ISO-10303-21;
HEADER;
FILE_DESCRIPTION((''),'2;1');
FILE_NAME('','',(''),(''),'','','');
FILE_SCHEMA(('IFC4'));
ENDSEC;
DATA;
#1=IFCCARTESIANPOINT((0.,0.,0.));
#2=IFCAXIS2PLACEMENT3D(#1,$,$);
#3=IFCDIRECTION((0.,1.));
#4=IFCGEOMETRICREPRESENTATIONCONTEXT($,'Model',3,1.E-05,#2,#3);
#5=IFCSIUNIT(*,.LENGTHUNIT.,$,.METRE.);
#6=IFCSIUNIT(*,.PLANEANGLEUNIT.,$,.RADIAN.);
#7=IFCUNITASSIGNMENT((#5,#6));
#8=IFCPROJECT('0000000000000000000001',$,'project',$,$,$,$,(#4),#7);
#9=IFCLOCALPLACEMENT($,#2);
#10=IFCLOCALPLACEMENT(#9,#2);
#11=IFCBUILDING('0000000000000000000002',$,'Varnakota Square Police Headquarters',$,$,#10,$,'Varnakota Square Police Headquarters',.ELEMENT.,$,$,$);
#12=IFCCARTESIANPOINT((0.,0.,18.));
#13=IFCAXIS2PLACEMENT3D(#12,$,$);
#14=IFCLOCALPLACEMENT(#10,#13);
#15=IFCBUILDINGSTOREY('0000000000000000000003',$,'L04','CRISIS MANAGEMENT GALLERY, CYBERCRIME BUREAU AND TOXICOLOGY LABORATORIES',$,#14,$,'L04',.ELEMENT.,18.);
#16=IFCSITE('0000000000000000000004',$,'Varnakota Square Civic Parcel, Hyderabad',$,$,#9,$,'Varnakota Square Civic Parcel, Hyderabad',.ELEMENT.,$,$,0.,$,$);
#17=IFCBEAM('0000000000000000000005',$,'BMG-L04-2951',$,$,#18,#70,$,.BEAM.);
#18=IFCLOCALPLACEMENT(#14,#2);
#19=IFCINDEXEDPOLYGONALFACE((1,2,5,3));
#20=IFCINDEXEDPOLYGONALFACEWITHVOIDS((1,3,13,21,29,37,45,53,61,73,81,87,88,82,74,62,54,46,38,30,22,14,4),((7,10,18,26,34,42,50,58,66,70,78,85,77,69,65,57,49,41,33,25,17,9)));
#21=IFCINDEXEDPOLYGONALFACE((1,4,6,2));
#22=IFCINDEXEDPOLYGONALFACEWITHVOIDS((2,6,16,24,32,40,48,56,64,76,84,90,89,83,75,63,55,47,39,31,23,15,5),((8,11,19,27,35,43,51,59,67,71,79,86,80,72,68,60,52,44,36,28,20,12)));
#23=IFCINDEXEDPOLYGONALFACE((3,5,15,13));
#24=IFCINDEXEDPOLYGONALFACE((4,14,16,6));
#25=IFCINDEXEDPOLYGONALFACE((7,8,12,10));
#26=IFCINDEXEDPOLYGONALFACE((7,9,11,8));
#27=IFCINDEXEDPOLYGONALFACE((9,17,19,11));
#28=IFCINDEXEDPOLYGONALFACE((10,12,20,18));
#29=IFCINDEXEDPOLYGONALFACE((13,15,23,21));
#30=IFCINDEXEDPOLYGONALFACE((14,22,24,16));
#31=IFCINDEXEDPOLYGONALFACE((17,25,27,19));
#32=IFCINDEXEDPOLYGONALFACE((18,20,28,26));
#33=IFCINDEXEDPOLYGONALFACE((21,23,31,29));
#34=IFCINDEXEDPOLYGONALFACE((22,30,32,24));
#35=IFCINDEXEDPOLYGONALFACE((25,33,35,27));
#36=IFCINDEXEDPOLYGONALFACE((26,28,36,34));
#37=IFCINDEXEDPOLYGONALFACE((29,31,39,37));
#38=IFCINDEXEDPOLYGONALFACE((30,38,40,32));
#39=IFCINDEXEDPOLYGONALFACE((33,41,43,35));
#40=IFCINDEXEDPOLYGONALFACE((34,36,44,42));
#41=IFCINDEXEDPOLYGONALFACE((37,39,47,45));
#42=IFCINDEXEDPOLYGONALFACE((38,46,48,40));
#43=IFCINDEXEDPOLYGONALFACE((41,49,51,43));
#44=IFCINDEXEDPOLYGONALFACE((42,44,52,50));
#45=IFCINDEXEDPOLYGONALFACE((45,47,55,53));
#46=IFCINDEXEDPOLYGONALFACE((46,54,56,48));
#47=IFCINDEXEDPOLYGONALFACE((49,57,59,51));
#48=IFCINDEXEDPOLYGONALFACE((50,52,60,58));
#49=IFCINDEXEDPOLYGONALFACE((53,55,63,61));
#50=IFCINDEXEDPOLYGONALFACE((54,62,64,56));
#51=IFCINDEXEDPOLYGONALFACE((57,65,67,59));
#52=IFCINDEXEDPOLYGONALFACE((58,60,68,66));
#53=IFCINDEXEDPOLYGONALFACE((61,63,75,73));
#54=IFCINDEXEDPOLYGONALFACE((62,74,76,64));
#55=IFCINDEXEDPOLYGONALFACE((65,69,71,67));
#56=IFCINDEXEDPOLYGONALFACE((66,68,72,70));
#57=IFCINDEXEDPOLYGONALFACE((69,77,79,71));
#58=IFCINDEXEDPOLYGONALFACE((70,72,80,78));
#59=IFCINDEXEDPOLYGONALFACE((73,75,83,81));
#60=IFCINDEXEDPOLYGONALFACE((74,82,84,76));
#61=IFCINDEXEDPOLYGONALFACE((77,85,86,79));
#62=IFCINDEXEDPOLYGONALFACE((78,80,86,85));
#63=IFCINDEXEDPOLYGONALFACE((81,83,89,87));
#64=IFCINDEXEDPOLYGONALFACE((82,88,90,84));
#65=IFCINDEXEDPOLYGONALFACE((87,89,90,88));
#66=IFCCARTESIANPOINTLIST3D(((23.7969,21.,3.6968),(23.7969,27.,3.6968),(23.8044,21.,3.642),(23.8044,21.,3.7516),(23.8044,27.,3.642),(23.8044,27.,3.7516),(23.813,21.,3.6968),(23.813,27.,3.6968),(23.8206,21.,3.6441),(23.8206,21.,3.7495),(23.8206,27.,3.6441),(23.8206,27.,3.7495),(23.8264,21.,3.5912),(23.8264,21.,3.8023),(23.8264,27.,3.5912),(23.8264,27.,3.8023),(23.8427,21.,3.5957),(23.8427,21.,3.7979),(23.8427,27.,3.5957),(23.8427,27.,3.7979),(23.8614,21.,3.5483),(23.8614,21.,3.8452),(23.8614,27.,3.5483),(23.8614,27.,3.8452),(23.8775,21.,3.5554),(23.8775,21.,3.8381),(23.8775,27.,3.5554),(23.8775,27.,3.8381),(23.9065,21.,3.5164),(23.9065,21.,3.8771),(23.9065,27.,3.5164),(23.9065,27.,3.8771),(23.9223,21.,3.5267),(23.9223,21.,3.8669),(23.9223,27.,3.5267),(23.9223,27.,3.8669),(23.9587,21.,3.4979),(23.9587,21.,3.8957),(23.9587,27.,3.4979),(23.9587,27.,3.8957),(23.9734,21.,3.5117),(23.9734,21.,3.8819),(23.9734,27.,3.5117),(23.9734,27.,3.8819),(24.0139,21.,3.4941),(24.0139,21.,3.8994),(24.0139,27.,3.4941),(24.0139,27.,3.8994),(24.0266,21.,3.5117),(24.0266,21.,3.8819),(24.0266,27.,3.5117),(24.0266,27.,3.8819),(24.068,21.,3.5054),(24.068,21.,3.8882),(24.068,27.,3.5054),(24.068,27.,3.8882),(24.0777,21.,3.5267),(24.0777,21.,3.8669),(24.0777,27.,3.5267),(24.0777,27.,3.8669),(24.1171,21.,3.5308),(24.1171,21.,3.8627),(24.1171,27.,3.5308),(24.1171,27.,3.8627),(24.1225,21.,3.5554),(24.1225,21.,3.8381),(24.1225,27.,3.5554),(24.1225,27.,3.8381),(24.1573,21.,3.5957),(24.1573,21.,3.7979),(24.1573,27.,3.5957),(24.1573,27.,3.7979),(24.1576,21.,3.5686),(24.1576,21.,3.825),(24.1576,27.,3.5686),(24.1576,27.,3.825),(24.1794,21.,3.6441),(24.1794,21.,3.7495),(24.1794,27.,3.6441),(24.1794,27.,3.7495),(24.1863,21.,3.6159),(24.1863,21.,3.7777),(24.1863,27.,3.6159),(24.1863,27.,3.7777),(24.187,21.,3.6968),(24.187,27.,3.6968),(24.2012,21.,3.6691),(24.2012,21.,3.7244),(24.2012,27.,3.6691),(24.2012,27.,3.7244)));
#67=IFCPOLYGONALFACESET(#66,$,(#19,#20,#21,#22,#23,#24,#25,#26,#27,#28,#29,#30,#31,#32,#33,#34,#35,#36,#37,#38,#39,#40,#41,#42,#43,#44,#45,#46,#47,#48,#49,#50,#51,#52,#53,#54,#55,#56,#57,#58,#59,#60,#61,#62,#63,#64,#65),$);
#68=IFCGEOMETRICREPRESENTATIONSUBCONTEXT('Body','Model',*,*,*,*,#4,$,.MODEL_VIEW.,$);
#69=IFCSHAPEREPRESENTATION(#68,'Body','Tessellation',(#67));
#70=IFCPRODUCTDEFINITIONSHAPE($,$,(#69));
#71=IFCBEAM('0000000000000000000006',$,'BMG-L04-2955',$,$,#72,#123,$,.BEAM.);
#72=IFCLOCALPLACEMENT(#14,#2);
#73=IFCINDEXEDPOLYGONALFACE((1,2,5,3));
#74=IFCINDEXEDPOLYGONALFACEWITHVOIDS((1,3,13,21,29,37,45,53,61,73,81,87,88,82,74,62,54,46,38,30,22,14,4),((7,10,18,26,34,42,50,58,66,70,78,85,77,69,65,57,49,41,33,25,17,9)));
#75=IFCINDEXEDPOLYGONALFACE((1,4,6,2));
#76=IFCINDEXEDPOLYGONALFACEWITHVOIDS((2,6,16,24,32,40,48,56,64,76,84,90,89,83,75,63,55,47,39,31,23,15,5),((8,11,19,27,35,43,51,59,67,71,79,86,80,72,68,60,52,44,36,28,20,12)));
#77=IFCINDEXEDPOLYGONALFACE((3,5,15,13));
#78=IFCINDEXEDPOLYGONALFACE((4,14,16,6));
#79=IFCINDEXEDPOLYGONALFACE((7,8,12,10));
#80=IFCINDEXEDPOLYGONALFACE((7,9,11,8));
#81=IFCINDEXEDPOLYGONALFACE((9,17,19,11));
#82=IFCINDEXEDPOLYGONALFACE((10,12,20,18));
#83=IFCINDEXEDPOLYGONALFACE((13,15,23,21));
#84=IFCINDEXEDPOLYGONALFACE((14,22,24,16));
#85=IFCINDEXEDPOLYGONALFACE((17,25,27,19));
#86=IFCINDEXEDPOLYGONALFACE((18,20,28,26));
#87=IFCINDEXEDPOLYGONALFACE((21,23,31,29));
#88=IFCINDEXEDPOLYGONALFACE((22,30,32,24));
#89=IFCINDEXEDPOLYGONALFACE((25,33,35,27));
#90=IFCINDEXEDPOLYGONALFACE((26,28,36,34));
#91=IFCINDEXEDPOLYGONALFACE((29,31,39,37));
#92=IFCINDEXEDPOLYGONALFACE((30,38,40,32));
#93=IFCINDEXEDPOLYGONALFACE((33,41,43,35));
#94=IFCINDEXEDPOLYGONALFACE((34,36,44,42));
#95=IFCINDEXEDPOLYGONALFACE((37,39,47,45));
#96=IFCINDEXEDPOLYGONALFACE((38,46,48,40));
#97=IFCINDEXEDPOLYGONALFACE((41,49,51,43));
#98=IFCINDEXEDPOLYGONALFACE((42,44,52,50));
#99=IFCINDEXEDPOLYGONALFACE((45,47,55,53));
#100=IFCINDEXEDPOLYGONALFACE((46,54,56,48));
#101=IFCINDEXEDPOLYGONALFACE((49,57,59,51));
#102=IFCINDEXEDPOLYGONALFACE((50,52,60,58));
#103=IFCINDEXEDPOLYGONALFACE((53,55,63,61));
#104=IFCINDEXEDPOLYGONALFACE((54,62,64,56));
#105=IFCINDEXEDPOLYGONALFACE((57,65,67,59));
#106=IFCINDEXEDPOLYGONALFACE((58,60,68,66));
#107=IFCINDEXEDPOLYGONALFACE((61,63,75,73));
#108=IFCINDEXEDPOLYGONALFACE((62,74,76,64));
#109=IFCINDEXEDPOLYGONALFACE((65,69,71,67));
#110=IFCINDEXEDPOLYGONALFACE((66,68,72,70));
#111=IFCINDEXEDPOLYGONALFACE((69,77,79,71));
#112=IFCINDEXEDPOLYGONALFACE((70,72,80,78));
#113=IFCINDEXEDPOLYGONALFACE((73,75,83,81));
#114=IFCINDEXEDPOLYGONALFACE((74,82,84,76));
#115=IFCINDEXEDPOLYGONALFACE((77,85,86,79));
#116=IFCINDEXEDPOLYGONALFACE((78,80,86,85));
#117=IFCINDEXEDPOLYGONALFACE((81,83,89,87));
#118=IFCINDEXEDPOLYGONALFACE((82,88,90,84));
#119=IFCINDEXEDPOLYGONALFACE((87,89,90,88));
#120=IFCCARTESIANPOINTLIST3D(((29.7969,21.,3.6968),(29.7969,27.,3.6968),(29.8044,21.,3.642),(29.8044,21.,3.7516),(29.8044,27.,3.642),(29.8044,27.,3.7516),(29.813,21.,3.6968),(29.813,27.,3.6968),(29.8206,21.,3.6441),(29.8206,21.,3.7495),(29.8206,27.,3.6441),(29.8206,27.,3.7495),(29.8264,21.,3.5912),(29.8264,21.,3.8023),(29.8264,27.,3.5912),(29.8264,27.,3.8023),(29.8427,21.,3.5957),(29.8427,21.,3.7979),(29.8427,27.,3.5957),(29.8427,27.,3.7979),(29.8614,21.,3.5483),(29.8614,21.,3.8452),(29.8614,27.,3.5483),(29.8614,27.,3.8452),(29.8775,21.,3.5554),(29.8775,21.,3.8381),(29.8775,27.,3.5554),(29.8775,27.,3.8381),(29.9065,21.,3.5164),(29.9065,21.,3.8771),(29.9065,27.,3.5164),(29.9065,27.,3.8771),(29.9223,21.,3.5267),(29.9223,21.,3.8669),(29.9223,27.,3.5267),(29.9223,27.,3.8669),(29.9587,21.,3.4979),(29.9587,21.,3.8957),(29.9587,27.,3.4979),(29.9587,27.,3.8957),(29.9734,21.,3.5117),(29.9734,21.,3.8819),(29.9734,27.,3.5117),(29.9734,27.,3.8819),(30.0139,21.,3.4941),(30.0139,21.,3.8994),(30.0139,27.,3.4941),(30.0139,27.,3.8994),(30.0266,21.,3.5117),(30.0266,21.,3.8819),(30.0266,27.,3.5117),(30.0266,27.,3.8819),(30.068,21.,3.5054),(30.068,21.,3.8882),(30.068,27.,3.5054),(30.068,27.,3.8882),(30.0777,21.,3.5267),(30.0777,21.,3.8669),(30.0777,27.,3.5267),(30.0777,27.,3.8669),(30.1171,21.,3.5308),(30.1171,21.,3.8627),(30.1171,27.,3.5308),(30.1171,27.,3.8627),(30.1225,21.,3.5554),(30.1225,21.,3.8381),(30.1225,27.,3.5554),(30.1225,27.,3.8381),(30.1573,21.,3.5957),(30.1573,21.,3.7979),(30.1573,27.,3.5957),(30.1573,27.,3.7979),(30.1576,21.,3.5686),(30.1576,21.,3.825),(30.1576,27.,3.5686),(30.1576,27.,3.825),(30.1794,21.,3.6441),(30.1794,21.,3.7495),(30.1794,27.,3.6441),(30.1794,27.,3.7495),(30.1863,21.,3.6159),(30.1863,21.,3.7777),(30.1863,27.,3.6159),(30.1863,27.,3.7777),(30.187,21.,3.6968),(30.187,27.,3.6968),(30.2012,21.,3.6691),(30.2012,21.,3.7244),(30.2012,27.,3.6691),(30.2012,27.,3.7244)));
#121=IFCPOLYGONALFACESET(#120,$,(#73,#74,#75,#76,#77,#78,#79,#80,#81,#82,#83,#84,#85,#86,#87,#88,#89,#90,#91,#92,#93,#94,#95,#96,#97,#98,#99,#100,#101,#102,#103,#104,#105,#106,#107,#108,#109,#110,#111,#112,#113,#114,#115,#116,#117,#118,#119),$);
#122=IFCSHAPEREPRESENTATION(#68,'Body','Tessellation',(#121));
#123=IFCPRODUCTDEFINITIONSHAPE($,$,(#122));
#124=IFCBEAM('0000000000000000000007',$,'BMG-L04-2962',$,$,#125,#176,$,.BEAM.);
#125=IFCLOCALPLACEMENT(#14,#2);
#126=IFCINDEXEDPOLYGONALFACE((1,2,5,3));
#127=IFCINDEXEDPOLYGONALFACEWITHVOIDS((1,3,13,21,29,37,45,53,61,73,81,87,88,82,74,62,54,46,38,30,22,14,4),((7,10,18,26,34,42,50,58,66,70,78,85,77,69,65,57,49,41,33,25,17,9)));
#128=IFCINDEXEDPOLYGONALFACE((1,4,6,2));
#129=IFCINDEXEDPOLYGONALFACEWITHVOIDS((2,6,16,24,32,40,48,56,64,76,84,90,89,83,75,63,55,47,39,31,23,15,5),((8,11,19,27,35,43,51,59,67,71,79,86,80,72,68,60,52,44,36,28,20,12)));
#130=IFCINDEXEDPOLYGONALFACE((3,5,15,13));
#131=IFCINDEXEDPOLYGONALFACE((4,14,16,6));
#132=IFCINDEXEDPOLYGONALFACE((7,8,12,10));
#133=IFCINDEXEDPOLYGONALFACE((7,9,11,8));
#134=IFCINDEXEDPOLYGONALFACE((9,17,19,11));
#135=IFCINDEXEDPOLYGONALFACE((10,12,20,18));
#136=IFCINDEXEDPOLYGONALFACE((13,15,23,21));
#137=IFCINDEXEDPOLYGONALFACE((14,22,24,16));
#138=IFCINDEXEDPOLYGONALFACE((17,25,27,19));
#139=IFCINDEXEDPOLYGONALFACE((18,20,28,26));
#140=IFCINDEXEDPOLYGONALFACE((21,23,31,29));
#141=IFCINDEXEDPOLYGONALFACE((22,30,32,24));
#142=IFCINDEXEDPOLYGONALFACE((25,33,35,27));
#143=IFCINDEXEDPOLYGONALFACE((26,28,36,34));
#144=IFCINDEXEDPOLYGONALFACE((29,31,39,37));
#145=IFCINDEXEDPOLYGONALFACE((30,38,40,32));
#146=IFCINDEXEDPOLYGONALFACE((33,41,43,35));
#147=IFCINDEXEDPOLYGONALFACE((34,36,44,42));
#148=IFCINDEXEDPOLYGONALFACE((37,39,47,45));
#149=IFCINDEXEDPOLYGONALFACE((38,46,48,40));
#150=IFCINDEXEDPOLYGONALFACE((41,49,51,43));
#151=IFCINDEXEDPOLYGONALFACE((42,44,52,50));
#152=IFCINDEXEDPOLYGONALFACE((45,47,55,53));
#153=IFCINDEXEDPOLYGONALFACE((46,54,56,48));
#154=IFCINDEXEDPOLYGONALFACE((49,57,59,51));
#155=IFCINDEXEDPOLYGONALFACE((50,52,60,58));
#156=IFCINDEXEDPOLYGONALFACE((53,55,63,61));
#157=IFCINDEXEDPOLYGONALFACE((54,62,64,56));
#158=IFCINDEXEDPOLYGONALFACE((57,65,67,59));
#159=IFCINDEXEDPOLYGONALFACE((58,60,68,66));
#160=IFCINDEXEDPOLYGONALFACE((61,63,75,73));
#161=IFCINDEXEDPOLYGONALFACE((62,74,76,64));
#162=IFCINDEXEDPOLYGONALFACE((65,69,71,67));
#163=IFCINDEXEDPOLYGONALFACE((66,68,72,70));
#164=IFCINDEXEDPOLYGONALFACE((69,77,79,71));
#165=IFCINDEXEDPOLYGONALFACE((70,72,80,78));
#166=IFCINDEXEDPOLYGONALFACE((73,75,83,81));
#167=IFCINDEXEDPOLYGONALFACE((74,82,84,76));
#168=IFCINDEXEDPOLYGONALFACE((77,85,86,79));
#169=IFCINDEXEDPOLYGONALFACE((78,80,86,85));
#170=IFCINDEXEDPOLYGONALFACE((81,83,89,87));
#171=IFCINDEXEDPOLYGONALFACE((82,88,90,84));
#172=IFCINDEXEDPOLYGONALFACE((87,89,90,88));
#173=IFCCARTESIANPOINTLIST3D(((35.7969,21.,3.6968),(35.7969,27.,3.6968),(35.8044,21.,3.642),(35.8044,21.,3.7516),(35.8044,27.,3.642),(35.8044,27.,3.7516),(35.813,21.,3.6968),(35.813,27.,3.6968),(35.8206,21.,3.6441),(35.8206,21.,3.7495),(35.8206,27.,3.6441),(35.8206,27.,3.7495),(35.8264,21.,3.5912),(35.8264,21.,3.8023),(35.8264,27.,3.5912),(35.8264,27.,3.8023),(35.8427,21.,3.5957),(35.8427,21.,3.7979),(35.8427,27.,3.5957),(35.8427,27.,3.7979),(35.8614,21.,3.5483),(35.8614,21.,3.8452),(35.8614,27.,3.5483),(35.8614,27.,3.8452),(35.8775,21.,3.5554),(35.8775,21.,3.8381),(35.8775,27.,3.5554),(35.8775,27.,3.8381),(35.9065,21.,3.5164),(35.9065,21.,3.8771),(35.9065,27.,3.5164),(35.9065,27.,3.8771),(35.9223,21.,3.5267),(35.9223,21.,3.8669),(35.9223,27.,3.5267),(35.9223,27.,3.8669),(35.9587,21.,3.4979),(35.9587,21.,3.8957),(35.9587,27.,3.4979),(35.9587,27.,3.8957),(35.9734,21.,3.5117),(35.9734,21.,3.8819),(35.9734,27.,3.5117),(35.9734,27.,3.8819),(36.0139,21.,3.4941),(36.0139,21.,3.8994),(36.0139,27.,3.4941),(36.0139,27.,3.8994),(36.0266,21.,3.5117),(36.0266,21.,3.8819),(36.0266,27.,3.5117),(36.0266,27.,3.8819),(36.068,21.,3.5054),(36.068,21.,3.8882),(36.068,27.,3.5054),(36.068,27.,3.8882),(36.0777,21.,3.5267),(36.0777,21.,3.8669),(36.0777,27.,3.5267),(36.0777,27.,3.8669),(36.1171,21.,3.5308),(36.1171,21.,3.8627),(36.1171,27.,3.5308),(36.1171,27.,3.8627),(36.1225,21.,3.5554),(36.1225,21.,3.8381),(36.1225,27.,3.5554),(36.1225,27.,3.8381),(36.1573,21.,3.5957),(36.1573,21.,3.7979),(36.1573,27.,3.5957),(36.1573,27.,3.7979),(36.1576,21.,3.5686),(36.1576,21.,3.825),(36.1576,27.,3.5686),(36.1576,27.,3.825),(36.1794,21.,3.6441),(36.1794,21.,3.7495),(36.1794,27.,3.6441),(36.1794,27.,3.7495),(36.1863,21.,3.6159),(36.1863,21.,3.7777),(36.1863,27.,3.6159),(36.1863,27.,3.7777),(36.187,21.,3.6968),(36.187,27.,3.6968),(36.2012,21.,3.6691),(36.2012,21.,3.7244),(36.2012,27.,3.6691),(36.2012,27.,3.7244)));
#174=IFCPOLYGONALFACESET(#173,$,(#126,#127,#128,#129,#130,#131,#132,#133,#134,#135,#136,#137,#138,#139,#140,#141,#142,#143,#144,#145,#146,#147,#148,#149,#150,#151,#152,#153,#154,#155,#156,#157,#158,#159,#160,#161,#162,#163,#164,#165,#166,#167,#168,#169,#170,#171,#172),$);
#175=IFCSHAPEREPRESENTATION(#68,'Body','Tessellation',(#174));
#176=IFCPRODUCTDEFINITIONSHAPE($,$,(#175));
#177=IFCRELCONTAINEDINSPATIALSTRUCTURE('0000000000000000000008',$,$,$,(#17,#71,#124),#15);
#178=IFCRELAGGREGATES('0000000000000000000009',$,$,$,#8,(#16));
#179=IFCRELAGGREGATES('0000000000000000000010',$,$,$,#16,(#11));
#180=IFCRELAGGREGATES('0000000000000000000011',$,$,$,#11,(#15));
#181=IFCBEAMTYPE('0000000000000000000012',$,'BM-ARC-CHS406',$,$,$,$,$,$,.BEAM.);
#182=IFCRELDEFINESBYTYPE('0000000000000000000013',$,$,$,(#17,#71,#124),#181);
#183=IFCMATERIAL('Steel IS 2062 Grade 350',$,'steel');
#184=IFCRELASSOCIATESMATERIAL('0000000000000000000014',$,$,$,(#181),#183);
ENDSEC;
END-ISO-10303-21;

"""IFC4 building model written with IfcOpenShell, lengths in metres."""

from ifc_helpers import new_model, si_unit, direction, frame, origin, origin_2d, place, context, subcontext, project, spatial, hollow_circle, extrude, material, material_profile, profile_set, type_object, element, save


model = new_model("IFC4")

# Units and contexts
model_context = context("Model", 3, precision=1e-05, world=origin(), true_north=direction((0.0, 1.0)))
body_context = subcontext(model_context, "Body", "Model", "MODEL_VIEW")
ifc_project = project(units=[si_unit("LENGTHUNIT", "METRE"), si_unit("PLANEANGLEUNIT", "RADIAN")], contexts=[model_context])

# Site, building, storey
site_placement = place(None, origin())
site = spatial("IfcSite", under=ifc_project, at=site_placement, Name="Varnakota Square Civic Parcel, Hyderabad", LongName="Varnakota Square Civic Parcel, Hyderabad", CompositionType="ELEMENT", RefElevation=0.0)
building_placement = place(site_placement, origin())
building = spatial("IfcBuilding", under=site, at=building_placement, Name="Varnakota Square Police Headquarters", LongName="Varnakota Square Police Headquarters", CompositionType="ELEMENT")
storey_placement = place(building_placement, frame((0.0, 0.0, 18.0)))
storey = spatial("IfcBuildingStorey", under=building, at=storey_placement, Name="L04", Description="CRISIS MANAGEMENT GALLERY, CYBERCRIME BUREAU AND TOXICOLOGY LABORATORIES", LongName="L04", CompositionType="ELEMENT", Elevation=18.0)

# Shared definitions
ifc_material = material(Name="Steel IS 2062 Grade 350", Category="steel")

# Beams
ifc_material_profile_1 = material_profile(ifc_material, hollow_circle(Radius=0.2031, WallThickness=0.0161, at=origin_2d()), Name="CHS 406.4x16.0")
ifc_profile_set_1 = profile_set([ifc_material_profile_1], Name="Steel IS 2062 Grade 350")
beam_type_1 = type_object("IfcBeamType", Name="BM-ARC-CHS406", PredefinedType="BEAM", material=ifc_profile_set_1)
for number, where, z_axis, x_axis, name in (
    (1, (24.0, 21.0, 3.6968), (0.0, 1.0, 0.0), (-1.0, 0.0, 0.0), "BMG-L04-2951"),
    (2, (30.0, 21.0, 3.6968), (0.0, 1.0, 0.0), (-1.0, 0.0, 0.0), "BMG-L04-2955"),
    (3, (36.0, 21.0, 3.6968), (0.0, 1.0, 0.0), (-1.0, 0.0, 0.0), "BMG-L04-2962"),
):
    element("IfcBeam", number, at=place(storey_placement, frame(where, z_axis=z_axis, x_axis=x_axis)), inside=storey, type_object=beam_type_1, Name=name, PredefinedType="BEAM", context=body_context, shape_type="SweptSolid", body=[
        extrude(hollow_circle(Radius=0.2031, WallThickness=0.0161, at=origin_2d()), origin(), (0.0, 0.0, 1.0), 6.0),
    ])

save(model, "model.ifc")
